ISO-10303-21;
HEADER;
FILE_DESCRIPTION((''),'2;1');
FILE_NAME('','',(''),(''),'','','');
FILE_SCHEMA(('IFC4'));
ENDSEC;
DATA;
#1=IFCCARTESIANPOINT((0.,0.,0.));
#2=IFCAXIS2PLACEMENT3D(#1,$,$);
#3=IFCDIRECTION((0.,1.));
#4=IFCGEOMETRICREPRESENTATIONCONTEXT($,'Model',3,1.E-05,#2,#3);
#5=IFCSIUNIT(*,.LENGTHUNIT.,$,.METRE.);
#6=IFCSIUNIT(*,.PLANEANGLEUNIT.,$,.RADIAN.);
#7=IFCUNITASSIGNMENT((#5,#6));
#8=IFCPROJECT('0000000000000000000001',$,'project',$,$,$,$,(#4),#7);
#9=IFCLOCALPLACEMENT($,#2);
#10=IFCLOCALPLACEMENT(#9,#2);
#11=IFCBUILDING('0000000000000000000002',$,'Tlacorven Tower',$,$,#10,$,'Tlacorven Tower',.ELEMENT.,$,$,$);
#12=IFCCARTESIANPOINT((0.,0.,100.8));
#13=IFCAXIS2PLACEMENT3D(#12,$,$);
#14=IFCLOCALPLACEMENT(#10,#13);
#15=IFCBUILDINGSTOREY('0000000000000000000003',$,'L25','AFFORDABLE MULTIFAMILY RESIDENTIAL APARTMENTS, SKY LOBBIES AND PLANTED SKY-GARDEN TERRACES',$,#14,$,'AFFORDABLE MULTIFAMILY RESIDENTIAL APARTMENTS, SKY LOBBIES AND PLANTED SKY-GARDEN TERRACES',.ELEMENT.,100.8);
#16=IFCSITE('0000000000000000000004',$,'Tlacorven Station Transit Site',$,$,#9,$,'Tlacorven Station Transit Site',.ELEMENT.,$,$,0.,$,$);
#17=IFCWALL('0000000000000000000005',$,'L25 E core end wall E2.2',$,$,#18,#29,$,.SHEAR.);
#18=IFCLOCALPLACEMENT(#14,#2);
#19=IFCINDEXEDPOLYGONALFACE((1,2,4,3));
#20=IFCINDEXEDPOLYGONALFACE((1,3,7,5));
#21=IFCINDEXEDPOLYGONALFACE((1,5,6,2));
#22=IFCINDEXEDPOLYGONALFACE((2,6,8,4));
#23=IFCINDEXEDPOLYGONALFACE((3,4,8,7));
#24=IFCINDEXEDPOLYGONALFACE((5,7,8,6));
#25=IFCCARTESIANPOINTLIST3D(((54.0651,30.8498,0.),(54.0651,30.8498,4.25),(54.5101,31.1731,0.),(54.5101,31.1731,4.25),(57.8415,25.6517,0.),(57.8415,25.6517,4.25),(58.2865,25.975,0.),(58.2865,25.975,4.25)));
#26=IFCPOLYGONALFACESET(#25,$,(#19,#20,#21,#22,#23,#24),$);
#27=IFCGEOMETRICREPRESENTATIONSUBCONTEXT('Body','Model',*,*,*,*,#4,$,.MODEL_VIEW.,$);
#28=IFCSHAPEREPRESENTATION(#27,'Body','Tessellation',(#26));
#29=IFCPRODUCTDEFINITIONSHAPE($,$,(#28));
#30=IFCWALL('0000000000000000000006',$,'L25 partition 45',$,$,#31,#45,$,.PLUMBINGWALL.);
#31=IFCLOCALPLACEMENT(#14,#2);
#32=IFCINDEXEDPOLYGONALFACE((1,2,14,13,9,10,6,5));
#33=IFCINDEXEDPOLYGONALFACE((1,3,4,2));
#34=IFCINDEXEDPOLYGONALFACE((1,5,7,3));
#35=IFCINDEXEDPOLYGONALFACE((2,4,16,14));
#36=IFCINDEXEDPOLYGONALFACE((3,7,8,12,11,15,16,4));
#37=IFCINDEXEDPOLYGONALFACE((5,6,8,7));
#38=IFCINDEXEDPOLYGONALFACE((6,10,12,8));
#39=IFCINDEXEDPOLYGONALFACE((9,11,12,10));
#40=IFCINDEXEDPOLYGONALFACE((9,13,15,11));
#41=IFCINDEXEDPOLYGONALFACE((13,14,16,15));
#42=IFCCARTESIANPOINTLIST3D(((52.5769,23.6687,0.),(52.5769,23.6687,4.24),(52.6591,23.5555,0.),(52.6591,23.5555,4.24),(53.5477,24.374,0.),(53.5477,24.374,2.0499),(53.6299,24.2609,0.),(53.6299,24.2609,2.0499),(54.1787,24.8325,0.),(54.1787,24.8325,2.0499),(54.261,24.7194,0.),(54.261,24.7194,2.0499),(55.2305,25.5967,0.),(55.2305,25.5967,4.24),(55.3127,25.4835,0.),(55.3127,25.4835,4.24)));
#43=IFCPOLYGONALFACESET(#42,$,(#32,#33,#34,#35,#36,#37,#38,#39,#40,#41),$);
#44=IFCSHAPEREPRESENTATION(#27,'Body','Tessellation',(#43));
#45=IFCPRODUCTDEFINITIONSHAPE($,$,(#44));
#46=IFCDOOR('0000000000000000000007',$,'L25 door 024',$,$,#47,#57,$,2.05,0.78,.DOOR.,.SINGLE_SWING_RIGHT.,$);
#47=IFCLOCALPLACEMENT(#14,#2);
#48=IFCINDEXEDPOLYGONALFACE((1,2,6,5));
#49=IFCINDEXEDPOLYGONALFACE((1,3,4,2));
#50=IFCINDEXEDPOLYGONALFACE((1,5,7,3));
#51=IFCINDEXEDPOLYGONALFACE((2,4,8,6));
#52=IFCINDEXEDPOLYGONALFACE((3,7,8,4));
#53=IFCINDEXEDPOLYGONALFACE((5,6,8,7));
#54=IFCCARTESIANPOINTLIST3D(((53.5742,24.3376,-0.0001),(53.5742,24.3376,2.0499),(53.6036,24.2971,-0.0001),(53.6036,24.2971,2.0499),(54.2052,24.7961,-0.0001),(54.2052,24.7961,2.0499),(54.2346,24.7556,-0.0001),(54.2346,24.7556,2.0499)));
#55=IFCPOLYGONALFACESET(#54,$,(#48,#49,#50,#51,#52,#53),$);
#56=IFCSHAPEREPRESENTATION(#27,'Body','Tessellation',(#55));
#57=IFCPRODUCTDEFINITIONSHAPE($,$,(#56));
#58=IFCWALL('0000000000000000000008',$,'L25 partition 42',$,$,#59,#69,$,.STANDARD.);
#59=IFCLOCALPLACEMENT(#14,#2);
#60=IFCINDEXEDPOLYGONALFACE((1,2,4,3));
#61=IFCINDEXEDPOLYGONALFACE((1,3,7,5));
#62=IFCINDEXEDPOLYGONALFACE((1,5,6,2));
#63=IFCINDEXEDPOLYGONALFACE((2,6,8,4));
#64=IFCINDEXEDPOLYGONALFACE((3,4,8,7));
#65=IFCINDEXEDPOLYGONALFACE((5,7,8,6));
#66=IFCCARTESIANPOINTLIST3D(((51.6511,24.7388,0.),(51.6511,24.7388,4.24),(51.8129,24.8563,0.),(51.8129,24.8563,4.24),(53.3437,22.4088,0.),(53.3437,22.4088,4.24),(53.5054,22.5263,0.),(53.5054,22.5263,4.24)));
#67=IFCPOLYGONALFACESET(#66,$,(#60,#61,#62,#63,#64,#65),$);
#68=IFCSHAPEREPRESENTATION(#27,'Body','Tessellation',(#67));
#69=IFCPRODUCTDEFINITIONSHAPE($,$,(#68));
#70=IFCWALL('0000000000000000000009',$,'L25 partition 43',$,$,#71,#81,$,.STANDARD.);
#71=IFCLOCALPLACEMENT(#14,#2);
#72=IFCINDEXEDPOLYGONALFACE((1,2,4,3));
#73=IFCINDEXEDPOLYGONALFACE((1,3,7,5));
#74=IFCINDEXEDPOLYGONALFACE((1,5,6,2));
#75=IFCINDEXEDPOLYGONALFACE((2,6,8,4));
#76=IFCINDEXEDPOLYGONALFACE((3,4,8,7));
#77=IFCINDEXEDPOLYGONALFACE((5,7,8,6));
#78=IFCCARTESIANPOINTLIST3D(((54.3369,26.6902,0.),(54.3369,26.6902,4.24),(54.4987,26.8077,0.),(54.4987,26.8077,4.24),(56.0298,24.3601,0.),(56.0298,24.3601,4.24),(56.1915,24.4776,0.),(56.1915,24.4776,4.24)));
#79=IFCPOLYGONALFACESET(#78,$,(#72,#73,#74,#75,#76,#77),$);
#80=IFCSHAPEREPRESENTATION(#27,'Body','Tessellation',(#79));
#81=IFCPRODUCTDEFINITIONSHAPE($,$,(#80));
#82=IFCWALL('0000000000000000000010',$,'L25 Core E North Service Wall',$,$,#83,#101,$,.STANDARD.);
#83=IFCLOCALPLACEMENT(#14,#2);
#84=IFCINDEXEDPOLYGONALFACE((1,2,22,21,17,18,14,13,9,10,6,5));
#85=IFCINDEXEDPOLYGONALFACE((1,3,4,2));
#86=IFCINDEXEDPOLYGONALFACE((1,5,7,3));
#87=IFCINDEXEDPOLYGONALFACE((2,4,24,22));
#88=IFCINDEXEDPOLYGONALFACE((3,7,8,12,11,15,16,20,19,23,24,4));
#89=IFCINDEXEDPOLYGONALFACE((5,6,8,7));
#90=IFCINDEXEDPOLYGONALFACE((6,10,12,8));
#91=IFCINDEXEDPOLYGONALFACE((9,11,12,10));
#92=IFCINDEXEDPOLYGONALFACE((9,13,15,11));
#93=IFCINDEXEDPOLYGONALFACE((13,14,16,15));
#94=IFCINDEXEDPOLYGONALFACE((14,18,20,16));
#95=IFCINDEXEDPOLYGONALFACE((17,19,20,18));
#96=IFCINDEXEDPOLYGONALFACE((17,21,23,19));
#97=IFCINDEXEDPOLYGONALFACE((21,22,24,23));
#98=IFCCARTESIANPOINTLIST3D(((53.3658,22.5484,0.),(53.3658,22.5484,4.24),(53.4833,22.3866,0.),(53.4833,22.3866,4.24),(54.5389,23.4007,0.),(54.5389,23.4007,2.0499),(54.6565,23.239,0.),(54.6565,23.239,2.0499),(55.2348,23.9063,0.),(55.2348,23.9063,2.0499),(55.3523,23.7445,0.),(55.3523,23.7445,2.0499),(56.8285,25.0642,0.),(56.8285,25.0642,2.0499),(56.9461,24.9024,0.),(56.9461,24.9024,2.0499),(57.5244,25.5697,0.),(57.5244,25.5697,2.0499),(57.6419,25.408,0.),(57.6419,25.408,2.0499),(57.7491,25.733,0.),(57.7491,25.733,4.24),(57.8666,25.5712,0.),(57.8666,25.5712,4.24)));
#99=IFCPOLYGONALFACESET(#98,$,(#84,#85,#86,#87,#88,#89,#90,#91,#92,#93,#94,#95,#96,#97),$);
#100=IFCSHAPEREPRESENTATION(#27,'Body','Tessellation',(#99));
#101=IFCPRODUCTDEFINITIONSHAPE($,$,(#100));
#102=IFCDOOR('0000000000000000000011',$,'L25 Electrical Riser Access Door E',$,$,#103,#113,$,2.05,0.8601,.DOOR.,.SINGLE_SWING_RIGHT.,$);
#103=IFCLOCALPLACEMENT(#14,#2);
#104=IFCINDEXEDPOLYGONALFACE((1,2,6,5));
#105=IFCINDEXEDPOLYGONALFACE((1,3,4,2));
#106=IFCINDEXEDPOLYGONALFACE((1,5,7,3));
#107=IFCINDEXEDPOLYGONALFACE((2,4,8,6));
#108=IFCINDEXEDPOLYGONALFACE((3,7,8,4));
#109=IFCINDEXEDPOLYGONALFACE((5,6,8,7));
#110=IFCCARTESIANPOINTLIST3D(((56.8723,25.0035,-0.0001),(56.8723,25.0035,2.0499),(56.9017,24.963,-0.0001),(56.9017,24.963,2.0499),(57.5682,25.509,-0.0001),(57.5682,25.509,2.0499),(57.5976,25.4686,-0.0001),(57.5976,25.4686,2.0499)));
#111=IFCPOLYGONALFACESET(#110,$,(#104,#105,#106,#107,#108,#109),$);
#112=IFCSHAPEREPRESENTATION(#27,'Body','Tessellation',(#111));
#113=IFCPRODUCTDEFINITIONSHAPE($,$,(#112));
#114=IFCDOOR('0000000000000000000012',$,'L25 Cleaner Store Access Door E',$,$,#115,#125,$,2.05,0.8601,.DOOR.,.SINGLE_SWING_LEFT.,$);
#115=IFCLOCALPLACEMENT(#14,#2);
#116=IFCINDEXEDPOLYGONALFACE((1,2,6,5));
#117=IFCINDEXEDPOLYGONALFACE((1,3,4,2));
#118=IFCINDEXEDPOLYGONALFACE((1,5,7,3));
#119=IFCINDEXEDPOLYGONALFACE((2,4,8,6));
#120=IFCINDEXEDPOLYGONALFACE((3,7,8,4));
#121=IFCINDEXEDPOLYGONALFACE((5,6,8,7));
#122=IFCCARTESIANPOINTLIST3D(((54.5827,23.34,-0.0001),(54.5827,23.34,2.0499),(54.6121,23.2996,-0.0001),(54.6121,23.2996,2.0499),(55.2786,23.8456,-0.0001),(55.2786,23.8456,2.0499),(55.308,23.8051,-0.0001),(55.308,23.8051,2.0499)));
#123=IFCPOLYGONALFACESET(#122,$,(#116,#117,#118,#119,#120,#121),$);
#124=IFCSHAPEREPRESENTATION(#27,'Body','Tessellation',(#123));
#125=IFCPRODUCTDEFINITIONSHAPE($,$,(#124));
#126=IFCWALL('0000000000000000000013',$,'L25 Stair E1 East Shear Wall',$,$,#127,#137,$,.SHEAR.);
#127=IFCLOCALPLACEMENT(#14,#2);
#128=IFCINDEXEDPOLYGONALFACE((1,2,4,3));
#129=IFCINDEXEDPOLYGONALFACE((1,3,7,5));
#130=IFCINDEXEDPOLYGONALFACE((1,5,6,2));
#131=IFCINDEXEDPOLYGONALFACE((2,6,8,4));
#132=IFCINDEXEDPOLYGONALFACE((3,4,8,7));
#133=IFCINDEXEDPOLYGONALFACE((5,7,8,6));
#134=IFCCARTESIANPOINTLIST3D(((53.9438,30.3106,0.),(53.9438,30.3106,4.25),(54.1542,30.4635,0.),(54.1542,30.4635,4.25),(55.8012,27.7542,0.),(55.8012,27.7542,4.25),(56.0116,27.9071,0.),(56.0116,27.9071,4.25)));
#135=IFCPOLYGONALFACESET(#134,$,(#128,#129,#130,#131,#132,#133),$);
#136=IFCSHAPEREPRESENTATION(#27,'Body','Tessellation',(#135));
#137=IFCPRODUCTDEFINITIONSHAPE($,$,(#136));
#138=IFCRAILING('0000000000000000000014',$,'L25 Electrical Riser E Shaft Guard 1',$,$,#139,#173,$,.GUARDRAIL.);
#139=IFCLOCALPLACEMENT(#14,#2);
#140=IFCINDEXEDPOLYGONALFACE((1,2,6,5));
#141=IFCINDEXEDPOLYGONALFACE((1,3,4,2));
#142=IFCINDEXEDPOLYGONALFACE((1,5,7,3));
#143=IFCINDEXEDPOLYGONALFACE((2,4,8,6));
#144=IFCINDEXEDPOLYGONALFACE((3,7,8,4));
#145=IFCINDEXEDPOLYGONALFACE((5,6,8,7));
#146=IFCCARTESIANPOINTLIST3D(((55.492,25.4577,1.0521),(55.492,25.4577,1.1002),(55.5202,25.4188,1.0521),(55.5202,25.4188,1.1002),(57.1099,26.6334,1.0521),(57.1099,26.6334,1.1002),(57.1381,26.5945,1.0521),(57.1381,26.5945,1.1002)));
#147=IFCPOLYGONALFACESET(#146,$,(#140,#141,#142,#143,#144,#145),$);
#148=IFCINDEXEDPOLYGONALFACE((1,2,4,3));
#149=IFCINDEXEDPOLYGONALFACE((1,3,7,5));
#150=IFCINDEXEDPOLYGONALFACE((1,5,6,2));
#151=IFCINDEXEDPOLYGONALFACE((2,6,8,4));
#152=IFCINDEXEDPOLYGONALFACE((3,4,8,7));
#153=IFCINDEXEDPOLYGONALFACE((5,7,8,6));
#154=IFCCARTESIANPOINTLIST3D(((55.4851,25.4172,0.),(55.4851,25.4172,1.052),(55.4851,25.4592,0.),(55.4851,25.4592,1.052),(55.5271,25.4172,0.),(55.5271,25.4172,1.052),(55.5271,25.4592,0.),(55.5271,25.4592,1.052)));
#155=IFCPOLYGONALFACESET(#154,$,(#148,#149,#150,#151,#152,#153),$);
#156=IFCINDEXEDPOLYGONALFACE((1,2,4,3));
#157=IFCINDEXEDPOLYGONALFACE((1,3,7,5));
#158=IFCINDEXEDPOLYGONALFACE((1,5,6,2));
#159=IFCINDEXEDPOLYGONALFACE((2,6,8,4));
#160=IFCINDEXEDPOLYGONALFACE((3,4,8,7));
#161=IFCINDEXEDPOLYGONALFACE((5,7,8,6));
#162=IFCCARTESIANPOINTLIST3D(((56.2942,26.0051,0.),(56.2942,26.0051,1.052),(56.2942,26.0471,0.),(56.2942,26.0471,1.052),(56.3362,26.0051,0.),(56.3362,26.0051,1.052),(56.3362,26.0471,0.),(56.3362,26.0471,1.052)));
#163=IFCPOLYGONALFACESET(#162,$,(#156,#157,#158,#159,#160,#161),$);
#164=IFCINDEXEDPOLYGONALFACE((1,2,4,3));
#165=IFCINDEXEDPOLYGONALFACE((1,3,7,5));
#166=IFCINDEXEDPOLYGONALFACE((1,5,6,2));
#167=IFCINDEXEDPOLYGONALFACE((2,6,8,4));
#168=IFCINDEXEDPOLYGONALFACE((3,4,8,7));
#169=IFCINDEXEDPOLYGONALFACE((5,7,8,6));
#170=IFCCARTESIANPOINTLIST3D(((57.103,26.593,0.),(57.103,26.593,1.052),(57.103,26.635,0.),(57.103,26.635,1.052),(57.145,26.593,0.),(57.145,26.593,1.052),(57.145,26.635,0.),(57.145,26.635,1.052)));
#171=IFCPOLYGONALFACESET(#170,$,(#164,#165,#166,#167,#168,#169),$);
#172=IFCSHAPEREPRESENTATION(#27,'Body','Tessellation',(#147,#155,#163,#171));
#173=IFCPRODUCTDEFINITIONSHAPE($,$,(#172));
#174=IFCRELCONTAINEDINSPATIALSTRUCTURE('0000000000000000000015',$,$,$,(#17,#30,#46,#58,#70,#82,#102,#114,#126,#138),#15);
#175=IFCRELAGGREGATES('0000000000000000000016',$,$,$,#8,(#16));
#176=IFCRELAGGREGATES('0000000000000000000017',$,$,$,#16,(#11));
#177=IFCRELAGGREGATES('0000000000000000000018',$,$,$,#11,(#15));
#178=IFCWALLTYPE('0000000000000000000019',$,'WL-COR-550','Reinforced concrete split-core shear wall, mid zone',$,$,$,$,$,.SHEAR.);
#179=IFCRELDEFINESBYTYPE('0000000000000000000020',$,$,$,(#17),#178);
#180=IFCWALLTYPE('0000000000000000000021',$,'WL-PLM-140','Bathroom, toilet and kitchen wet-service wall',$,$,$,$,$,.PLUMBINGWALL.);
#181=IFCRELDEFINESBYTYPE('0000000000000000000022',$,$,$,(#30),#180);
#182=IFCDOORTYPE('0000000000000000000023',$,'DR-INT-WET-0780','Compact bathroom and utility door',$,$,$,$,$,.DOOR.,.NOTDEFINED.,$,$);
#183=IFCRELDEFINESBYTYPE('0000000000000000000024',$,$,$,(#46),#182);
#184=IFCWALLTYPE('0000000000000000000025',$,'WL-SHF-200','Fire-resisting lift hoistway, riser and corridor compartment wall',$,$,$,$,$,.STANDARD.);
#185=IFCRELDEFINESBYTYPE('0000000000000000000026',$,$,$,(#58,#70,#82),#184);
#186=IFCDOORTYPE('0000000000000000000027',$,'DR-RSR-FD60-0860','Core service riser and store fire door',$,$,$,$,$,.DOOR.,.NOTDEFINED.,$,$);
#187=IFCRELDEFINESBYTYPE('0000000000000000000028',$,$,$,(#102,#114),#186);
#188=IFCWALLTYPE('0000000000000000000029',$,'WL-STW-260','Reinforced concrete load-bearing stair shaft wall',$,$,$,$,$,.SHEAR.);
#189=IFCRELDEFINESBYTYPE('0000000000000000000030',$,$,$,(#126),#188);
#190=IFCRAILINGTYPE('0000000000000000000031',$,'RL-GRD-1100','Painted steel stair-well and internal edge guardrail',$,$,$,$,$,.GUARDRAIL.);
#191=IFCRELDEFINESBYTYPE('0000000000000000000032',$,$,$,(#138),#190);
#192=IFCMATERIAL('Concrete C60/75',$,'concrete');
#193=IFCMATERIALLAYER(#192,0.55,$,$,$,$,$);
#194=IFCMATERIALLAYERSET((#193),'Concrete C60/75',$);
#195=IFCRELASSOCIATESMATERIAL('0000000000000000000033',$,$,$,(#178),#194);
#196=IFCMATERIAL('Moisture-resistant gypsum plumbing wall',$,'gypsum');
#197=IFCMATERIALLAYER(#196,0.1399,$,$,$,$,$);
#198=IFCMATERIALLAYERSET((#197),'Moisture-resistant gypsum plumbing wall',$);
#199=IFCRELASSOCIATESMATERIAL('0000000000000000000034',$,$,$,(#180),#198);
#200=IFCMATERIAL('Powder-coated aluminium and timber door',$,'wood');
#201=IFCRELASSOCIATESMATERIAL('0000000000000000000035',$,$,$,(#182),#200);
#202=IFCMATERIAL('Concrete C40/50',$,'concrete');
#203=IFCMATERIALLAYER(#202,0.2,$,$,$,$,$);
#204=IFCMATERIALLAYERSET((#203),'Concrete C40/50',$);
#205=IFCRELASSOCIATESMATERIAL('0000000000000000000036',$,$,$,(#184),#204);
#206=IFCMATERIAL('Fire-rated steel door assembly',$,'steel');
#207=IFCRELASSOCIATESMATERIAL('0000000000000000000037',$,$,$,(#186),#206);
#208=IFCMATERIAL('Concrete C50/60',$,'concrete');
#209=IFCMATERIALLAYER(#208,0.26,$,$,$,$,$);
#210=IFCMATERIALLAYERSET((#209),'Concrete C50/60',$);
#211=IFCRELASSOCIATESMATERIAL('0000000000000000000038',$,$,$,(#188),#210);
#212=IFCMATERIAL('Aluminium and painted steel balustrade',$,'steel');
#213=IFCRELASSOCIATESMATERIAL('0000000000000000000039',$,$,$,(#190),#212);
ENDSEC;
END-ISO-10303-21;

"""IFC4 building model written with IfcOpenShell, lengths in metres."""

from ifc_helpers import new_model, si_unit, direction, frame, frame_2d, origin, origin_2d, place, context, subcontext, project, spatial, rectangle, extrude, source, transform, mapped, material, layer, layer_set, type_object, element, fill, save


model = new_model("IFC4")

# Units and contexts
model_context = context("Model", 3, precision=1e-05, world=origin(), true_north=direction((0.0, 1.0)))
body_context = subcontext(model_context, "Body", "Model", "MODEL_VIEW")
ifc_project = project(units=[si_unit("LENGTHUNIT", "METRE"), si_unit("PLANEANGLEUNIT", "RADIAN")], contexts=[model_context])

# Site, building, storey
site_placement = place(None, origin())
site = spatial("IfcSite", under=ifc_project, at=site_placement, Name="Tlacorven Station Transit Site", LongName="Tlacorven Station Transit Site", CompositionType="ELEMENT", RefElevation=0.0)
building_placement = place(site_placement, origin())
building = spatial("IfcBuilding", under=site, at=building_placement, Name="Tlacorven Tower", LongName="Tlacorven Tower", CompositionType="ELEMENT")
storey_placement = place(building_placement, frame((0.0, 0.0, 100.8)))
storey = spatial("IfcBuildingStorey", under=building, at=storey_placement, Name="L25", Description="AFFORDABLE MULTIFAMILY RESIDENTIAL APARTMENTS, SKY LOBBIES AND PLANTED SKY-GARDEN TERRACES", LongName="AFFORDABLE MULTIFAMILY RESIDENTIAL APARTMENTS, SKY LOBBIES AND PLANTED SKY-GARDEN TERRACES", CompositionType="ELEMENT", Elevation=100.8)

# Wall
ifc_material_1 = material(Name="Concrete C60/75", Category="concrete")
ifc_layer_1 = layer(ifc_material_1, 0.55)
ifc_layer_set_1 = layer_set([ifc_layer_1], Name="Concrete C60/75")
wall_type_1 = type_object("IfcWallType", Name="WL-COR-550", Description="Reinforced concrete split-core shear wall, mid zone", PredefinedType="SHEAR", material=ifc_layer_set_1)
wall_1_placement = place(storey_placement, frame((58.064, 25.8135, 0.0), z_axis=(0.0, 0.0, 1.0), x_axis=(-0.587765, 0.809032, 0.0)))
element("IfcWall", 1, at=wall_1_placement, inside=storey, type_object=wall_type_1, Name="L25 E core end wall E2.2", PredefinedType="SHEAR", context=body_context, shape_type="SweptSolid", body=[
    extrude(rectangle(XDim=6.425, YDim=0.55, at=frame_2d((3.2124, 0.0))), origin(), (0.0, 0.0, 1.0), 4.25),
])

# Wall, opening, door
ifc_material_2 = material(Name="Moisture-resistant gypsum plumbing wall", Category="gypsum")
ifc_layer_2 = layer(ifc_material_2, 0.1399)
ifc_layer_set_2 = layer_set([ifc_layer_2], Name="Moisture-resistant gypsum plumbing wall")
wall_type_2 = type_object("IfcWallType", Name="WL-PLM-140", Description="Bathroom, toilet and kitchen wet-service wall", PredefinedType="PLUMBINGWALL", material=ifc_layer_set_2)
wall_2_placement = place(storey_placement, frame((52.6179, 23.6121, 0.0), z_axis=(0.0, 0.0, 1.0), x_axis=(0.80901, 0.587795, 0.0)))
wall_2 = element("IfcWall", 2, at=wall_2_placement, inside=storey, type_object=wall_type_2, Name="L25 partition 45", PredefinedType="PLUMBINGWALL", context=body_context, shape_type="SweptSolid", body=[
    extrude(rectangle(XDim=3.28, YDim=0.1399, at=frame_2d((1.6401, 0.0))), origin(), (0.0, 0.0, 1.0), 4.24),
])
opening_1_placement = place(wall_2_placement, frame((1.2, 0.0, 0.0)))
opening_1 = element("IfcOpeningElement", 3, at=opening_1_placement, cuts=wall_2, PredefinedType="OPENING", context=body_context, shape_type="SweptSolid", body=[
    extrude(rectangle(XDim=0.78, YDim=2.05, at=frame_2d((0.3901, 1.0249))), frame((0.0, 0.0801, 0.0), z_axis=(0.0, -1.0, 0.0), x_axis=(1.0, 0.0, 0.0)), (0.0, 0.0, 1.0), 0.1599),
])
ifc_material_3 = material(Name="Powder-coated aluminium and timber door", Category="wood")
door_type_1 = type_object("IfcDoorType", Name="DR-INT-WET-0780", Description="Compact bathroom and utility door", OperationType="NOTDEFINED", PredefinedType="DOOR", material=ifc_material_3)
shared_shape_1 = source(origin(), body_context, "Body", "SweptSolid", [
    extrude(rectangle(XDim=0.78, YDim=2.05, at=frame_2d((0.3901, 1.0249))), frame((0.0, 0.0249, 0.0), z_axis=(0.0, -1.0, 0.0), x_axis=(1.0, 0.0, 0.0)), (0.0, 0.0, 1.0), 0.05),
])
door_1_placement = place(opening_1_placement, origin())
door_1 = element("IfcDoor", 4, at=door_1_placement, inside=storey, type_object=door_type_1, Name="L25 door 024", OperationType="SINGLE_SWING_RIGHT", OverallHeight=2.05, OverallWidth=0.78, PredefinedType="DOOR", context=body_context, shape_type="MappedRepresentation", body=[
    mapped(shared_shape_1, transform((0.0, 0.0, 0.0), scale=1.0)),
])
fill(opening_1, door_1)

# Walls
ifc_material_4 = material(Name="Concrete C40/50", Category="concrete")
ifc_layer_3 = layer(ifc_material_4, 0.2)
ifc_layer_set_3 = layer_set([ifc_layer_3], Name="Concrete C40/50")
wall_type_3 = type_object("IfcWallType", Name="WL-SHF-200", Description="Fire-resisting lift hoistway, riser and corridor compartment wall", PredefinedType="STANDARD", material=ifc_layer_set_3)
wall_3_placement = place(storey_placement, frame((53.4246, 22.4675, 0.0), z_axis=(0.0, 0.0, 1.0), x_axis=(-0.587723, 0.809062, 0.0)))
element("IfcWall", 5, at=wall_3_placement, inside=storey, type_object=wall_type_3, Name="L25 partition 42", PredefinedType="STANDARD", context=body_context, shape_type="SweptSolid", body=[
    extrude(rectangle(XDim=2.8799, YDim=0.2, at=frame_2d((1.4399, 0.0))), origin(), (0.0, 0.0, 1.0), 4.24),
])
wall_4_placement = place(storey_placement, frame((56.1106, 24.4189, 0.0), z_axis=(0.0, 0.0, 1.0), x_axis=(-0.587778, 0.809022, 0.0)))
element("IfcWall", 6, at=wall_4_placement, inside=storey, type_object=wall_type_3, Name="L25 partition 43", PredefinedType="STANDARD", context=body_context, shape_type="SweptSolid", body=[
    extrude(rectangle(XDim=2.8801, YDim=0.2, at=frame_2d((1.4399, 0.0))), origin(), (0.0, 0.0, 1.0), 4.24),
])

# Wall, openings, doors
wall_5_placement = place(storey_placement, frame((53.4246, 22.4675, 0.0), z_axis=(0.0, 0.0, 1.0), x_axis=(0.809024, 0.587775, 0.0)))
wall_5 = element("IfcWall", 7, at=wall_5_placement, inside=storey, type_object=wall_type_3, Name="L25 Core E North Service Wall", PredefinedType="STANDARD", context=body_context, shape_type="SweptSolid", body=[
    extrude(rectangle(XDim=5.418, YDim=0.2, at=frame_2d((2.709, 0.0))), origin(), (0.0, 0.0, 1.0), 4.24),
])
opening_2_placement = place(wall_5_placement, frame((4.28, 0.0, 0.0)))
opening_2 = element("IfcOpeningElement", 8, at=opening_2_placement, cuts=wall_5, PredefinedType="OPENING", context=body_context, shape_type="SweptSolid", body=[
    extrude(rectangle(XDim=0.8601, YDim=2.05, at=frame_2d((0.4302, 1.0249))), frame((0.0, 0.1099, 0.0), z_axis=(0.0, -1.0, 0.0), x_axis=(1.0, 0.0, 0.0)), (0.0, 0.0, 1.0), 0.22),
])
opening_3_placement = place(wall_5_placement, frame((1.45, 0.0, 0.0)))
opening_3 = element("IfcOpeningElement", 9, at=opening_3_placement, cuts=wall_5, PredefinedType="OPENING", context=body_context, shape_type="SweptSolid", body=[
    extrude(rectangle(XDim=0.8601, YDim=2.05, at=frame_2d((0.4302, 1.0249))), frame((0.0, 0.1099, 0.0), z_axis=(0.0, -1.0, 0.0), x_axis=(1.0, 0.0, 0.0)), (0.0, 0.0, 1.0), 0.22),
])
ifc_material_5 = material(Name="Fire-rated steel door assembly", Category="steel")
door_type_2 = type_object("IfcDoorType", Name="DR-RSR-FD60-0860", Description="Core service riser and store fire door", OperationType="NOTDEFINED", PredefinedType="DOOR", material=ifc_material_5)
shared_shape_2 = source(origin(), body_context, "Body", "SweptSolid", [
    extrude(rectangle(XDim=0.8601, YDim=2.05, at=frame_2d((0.4302, 1.0249))), frame((0.0, 0.0249, 0.0), z_axis=(0.0, -1.0, 0.0), x_axis=(1.0, 0.0, 0.0)), (0.0, 0.0, 1.0), 0.05),
])
door_2_placement = place(opening_2_placement, frame((0.8601, 0.0, 0.0), z_axis=(0.0, 0.0, 1.0), x_axis=(-1.0, 0.0, 0.0)))
door_2 = element("IfcDoor", 10, at=door_2_placement, inside=storey, type_object=door_type_2, Name="L25 Electrical Riser Access Door E", OperationType="SINGLE_SWING_RIGHT", OverallHeight=2.05, OverallWidth=0.8601, PredefinedType="DOOR", context=body_context, shape_type="MappedRepresentation", body=[
    mapped(shared_shape_2, transform((0.0, 0.0, 0.0), scale=1.0)),
])
fill(opening_2, door_2)
door_3_placement = place(opening_3_placement, frame((0.8601, 0.0, 0.0), z_axis=(0.0, 0.0, 1.0), x_axis=(-1.0, 0.0, 0.0)))
door_3 = element("IfcDoor", 11, at=door_3_placement, inside=storey, type_object=door_type_2, Name="L25 Cleaner Store Access Door E", OperationType="SINGLE_SWING_LEFT", OverallHeight=2.05, OverallWidth=0.8601, PredefinedType="DOOR", context=body_context, shape_type="MappedRepresentation", body=[
    mapped(shared_shape_2, transform((0.0, 0.0, 0.0), scale=1.0)),
])
fill(opening_3, door_3)

# Wall
ifc_material_6 = material(Name="Concrete C50/60", Category="concrete")
ifc_layer_4 = layer(ifc_material_6, 0.26)
ifc_layer_set_4 = layer_set([ifc_layer_4], Name="Concrete C50/60")
wall_type_4 = type_object("IfcWallType", Name="WL-STW-260", Description="Reinforced concrete load-bearing stair shaft wall", PredefinedType="SHEAR", material=ifc_layer_set_4)
wall_6_placement = place(storey_placement, frame((55.9065, 27.8306, 0.0), z_axis=(0.0, 0.0, 1.0), x_axis=(-0.587804, 0.809003, 0.0)))
element("IfcWall", 12, at=wall_6_placement, inside=storey, type_object=wall_type_4, Name="L25 Stair E1 East Shear Wall", PredefinedType="SHEAR", context=body_context, shape_type="SweptSolid", body=[
    extrude(rectangle(XDim=3.1599, YDim=0.26, at=frame_2d((1.5801, 0.0))), origin(), (0.0, 0.0, 1.0), 4.25),
])

# Railing
ifc_material_7 = material(Name="Aluminium and painted steel balustrade", Category="steel")
railing_type_1 = type_object("IfcRailingType", Name="RL-GRD-1100", Description="Painted steel stair-well and internal edge guardrail", PredefinedType="GUARDRAIL", material=ifc_material_7)
shared_shape_3 = source(origin(), body_context, "Body", "SweptSolid", [
    extrude(rectangle(XDim=0.0481, YDim=0.0481, at=origin_2d()), frame((0.0, 0.0, 1.0762), z_axis=(0.808947, 0.587881, 0.0), x_axis=(-0.587881, 0.808947, 0.0)), (0.0, 0.0, 1.0), 2.0),
    extrude(rectangle(XDim=0.042, YDim=0.042, at=origin_2d()), origin(), (0.0, 0.0, 1.0), 1.052),
    extrude(rectangle(XDim=0.042, YDim=0.042, at=origin_2d()), frame((0.8091, 0.5879, 0.0)), (0.0, 0.0, 1.0), 1.052),
    extrude(rectangle(XDim=0.042, YDim=0.042, at=origin_2d()), frame((1.6179, 1.1758, 0.0)), (0.0, 0.0, 1.0), 1.052),
])
railing_1_placement = place(storey_placement, frame((55.5061, 25.4382, 0.0)))
element("IfcRailing", 13, at=railing_1_placement, inside=storey, type_object=railing_type_1, Name="L25 Electrical Riser E Shaft Guard 1", PredefinedType="GUARDRAIL", context=body_context, shape_type="MappedRepresentation", body=[
    mapped(shared_shape_3, transform((0.0, 0.0, 0.0), scale=1.0)),
])

save(model, "model.ifc")
